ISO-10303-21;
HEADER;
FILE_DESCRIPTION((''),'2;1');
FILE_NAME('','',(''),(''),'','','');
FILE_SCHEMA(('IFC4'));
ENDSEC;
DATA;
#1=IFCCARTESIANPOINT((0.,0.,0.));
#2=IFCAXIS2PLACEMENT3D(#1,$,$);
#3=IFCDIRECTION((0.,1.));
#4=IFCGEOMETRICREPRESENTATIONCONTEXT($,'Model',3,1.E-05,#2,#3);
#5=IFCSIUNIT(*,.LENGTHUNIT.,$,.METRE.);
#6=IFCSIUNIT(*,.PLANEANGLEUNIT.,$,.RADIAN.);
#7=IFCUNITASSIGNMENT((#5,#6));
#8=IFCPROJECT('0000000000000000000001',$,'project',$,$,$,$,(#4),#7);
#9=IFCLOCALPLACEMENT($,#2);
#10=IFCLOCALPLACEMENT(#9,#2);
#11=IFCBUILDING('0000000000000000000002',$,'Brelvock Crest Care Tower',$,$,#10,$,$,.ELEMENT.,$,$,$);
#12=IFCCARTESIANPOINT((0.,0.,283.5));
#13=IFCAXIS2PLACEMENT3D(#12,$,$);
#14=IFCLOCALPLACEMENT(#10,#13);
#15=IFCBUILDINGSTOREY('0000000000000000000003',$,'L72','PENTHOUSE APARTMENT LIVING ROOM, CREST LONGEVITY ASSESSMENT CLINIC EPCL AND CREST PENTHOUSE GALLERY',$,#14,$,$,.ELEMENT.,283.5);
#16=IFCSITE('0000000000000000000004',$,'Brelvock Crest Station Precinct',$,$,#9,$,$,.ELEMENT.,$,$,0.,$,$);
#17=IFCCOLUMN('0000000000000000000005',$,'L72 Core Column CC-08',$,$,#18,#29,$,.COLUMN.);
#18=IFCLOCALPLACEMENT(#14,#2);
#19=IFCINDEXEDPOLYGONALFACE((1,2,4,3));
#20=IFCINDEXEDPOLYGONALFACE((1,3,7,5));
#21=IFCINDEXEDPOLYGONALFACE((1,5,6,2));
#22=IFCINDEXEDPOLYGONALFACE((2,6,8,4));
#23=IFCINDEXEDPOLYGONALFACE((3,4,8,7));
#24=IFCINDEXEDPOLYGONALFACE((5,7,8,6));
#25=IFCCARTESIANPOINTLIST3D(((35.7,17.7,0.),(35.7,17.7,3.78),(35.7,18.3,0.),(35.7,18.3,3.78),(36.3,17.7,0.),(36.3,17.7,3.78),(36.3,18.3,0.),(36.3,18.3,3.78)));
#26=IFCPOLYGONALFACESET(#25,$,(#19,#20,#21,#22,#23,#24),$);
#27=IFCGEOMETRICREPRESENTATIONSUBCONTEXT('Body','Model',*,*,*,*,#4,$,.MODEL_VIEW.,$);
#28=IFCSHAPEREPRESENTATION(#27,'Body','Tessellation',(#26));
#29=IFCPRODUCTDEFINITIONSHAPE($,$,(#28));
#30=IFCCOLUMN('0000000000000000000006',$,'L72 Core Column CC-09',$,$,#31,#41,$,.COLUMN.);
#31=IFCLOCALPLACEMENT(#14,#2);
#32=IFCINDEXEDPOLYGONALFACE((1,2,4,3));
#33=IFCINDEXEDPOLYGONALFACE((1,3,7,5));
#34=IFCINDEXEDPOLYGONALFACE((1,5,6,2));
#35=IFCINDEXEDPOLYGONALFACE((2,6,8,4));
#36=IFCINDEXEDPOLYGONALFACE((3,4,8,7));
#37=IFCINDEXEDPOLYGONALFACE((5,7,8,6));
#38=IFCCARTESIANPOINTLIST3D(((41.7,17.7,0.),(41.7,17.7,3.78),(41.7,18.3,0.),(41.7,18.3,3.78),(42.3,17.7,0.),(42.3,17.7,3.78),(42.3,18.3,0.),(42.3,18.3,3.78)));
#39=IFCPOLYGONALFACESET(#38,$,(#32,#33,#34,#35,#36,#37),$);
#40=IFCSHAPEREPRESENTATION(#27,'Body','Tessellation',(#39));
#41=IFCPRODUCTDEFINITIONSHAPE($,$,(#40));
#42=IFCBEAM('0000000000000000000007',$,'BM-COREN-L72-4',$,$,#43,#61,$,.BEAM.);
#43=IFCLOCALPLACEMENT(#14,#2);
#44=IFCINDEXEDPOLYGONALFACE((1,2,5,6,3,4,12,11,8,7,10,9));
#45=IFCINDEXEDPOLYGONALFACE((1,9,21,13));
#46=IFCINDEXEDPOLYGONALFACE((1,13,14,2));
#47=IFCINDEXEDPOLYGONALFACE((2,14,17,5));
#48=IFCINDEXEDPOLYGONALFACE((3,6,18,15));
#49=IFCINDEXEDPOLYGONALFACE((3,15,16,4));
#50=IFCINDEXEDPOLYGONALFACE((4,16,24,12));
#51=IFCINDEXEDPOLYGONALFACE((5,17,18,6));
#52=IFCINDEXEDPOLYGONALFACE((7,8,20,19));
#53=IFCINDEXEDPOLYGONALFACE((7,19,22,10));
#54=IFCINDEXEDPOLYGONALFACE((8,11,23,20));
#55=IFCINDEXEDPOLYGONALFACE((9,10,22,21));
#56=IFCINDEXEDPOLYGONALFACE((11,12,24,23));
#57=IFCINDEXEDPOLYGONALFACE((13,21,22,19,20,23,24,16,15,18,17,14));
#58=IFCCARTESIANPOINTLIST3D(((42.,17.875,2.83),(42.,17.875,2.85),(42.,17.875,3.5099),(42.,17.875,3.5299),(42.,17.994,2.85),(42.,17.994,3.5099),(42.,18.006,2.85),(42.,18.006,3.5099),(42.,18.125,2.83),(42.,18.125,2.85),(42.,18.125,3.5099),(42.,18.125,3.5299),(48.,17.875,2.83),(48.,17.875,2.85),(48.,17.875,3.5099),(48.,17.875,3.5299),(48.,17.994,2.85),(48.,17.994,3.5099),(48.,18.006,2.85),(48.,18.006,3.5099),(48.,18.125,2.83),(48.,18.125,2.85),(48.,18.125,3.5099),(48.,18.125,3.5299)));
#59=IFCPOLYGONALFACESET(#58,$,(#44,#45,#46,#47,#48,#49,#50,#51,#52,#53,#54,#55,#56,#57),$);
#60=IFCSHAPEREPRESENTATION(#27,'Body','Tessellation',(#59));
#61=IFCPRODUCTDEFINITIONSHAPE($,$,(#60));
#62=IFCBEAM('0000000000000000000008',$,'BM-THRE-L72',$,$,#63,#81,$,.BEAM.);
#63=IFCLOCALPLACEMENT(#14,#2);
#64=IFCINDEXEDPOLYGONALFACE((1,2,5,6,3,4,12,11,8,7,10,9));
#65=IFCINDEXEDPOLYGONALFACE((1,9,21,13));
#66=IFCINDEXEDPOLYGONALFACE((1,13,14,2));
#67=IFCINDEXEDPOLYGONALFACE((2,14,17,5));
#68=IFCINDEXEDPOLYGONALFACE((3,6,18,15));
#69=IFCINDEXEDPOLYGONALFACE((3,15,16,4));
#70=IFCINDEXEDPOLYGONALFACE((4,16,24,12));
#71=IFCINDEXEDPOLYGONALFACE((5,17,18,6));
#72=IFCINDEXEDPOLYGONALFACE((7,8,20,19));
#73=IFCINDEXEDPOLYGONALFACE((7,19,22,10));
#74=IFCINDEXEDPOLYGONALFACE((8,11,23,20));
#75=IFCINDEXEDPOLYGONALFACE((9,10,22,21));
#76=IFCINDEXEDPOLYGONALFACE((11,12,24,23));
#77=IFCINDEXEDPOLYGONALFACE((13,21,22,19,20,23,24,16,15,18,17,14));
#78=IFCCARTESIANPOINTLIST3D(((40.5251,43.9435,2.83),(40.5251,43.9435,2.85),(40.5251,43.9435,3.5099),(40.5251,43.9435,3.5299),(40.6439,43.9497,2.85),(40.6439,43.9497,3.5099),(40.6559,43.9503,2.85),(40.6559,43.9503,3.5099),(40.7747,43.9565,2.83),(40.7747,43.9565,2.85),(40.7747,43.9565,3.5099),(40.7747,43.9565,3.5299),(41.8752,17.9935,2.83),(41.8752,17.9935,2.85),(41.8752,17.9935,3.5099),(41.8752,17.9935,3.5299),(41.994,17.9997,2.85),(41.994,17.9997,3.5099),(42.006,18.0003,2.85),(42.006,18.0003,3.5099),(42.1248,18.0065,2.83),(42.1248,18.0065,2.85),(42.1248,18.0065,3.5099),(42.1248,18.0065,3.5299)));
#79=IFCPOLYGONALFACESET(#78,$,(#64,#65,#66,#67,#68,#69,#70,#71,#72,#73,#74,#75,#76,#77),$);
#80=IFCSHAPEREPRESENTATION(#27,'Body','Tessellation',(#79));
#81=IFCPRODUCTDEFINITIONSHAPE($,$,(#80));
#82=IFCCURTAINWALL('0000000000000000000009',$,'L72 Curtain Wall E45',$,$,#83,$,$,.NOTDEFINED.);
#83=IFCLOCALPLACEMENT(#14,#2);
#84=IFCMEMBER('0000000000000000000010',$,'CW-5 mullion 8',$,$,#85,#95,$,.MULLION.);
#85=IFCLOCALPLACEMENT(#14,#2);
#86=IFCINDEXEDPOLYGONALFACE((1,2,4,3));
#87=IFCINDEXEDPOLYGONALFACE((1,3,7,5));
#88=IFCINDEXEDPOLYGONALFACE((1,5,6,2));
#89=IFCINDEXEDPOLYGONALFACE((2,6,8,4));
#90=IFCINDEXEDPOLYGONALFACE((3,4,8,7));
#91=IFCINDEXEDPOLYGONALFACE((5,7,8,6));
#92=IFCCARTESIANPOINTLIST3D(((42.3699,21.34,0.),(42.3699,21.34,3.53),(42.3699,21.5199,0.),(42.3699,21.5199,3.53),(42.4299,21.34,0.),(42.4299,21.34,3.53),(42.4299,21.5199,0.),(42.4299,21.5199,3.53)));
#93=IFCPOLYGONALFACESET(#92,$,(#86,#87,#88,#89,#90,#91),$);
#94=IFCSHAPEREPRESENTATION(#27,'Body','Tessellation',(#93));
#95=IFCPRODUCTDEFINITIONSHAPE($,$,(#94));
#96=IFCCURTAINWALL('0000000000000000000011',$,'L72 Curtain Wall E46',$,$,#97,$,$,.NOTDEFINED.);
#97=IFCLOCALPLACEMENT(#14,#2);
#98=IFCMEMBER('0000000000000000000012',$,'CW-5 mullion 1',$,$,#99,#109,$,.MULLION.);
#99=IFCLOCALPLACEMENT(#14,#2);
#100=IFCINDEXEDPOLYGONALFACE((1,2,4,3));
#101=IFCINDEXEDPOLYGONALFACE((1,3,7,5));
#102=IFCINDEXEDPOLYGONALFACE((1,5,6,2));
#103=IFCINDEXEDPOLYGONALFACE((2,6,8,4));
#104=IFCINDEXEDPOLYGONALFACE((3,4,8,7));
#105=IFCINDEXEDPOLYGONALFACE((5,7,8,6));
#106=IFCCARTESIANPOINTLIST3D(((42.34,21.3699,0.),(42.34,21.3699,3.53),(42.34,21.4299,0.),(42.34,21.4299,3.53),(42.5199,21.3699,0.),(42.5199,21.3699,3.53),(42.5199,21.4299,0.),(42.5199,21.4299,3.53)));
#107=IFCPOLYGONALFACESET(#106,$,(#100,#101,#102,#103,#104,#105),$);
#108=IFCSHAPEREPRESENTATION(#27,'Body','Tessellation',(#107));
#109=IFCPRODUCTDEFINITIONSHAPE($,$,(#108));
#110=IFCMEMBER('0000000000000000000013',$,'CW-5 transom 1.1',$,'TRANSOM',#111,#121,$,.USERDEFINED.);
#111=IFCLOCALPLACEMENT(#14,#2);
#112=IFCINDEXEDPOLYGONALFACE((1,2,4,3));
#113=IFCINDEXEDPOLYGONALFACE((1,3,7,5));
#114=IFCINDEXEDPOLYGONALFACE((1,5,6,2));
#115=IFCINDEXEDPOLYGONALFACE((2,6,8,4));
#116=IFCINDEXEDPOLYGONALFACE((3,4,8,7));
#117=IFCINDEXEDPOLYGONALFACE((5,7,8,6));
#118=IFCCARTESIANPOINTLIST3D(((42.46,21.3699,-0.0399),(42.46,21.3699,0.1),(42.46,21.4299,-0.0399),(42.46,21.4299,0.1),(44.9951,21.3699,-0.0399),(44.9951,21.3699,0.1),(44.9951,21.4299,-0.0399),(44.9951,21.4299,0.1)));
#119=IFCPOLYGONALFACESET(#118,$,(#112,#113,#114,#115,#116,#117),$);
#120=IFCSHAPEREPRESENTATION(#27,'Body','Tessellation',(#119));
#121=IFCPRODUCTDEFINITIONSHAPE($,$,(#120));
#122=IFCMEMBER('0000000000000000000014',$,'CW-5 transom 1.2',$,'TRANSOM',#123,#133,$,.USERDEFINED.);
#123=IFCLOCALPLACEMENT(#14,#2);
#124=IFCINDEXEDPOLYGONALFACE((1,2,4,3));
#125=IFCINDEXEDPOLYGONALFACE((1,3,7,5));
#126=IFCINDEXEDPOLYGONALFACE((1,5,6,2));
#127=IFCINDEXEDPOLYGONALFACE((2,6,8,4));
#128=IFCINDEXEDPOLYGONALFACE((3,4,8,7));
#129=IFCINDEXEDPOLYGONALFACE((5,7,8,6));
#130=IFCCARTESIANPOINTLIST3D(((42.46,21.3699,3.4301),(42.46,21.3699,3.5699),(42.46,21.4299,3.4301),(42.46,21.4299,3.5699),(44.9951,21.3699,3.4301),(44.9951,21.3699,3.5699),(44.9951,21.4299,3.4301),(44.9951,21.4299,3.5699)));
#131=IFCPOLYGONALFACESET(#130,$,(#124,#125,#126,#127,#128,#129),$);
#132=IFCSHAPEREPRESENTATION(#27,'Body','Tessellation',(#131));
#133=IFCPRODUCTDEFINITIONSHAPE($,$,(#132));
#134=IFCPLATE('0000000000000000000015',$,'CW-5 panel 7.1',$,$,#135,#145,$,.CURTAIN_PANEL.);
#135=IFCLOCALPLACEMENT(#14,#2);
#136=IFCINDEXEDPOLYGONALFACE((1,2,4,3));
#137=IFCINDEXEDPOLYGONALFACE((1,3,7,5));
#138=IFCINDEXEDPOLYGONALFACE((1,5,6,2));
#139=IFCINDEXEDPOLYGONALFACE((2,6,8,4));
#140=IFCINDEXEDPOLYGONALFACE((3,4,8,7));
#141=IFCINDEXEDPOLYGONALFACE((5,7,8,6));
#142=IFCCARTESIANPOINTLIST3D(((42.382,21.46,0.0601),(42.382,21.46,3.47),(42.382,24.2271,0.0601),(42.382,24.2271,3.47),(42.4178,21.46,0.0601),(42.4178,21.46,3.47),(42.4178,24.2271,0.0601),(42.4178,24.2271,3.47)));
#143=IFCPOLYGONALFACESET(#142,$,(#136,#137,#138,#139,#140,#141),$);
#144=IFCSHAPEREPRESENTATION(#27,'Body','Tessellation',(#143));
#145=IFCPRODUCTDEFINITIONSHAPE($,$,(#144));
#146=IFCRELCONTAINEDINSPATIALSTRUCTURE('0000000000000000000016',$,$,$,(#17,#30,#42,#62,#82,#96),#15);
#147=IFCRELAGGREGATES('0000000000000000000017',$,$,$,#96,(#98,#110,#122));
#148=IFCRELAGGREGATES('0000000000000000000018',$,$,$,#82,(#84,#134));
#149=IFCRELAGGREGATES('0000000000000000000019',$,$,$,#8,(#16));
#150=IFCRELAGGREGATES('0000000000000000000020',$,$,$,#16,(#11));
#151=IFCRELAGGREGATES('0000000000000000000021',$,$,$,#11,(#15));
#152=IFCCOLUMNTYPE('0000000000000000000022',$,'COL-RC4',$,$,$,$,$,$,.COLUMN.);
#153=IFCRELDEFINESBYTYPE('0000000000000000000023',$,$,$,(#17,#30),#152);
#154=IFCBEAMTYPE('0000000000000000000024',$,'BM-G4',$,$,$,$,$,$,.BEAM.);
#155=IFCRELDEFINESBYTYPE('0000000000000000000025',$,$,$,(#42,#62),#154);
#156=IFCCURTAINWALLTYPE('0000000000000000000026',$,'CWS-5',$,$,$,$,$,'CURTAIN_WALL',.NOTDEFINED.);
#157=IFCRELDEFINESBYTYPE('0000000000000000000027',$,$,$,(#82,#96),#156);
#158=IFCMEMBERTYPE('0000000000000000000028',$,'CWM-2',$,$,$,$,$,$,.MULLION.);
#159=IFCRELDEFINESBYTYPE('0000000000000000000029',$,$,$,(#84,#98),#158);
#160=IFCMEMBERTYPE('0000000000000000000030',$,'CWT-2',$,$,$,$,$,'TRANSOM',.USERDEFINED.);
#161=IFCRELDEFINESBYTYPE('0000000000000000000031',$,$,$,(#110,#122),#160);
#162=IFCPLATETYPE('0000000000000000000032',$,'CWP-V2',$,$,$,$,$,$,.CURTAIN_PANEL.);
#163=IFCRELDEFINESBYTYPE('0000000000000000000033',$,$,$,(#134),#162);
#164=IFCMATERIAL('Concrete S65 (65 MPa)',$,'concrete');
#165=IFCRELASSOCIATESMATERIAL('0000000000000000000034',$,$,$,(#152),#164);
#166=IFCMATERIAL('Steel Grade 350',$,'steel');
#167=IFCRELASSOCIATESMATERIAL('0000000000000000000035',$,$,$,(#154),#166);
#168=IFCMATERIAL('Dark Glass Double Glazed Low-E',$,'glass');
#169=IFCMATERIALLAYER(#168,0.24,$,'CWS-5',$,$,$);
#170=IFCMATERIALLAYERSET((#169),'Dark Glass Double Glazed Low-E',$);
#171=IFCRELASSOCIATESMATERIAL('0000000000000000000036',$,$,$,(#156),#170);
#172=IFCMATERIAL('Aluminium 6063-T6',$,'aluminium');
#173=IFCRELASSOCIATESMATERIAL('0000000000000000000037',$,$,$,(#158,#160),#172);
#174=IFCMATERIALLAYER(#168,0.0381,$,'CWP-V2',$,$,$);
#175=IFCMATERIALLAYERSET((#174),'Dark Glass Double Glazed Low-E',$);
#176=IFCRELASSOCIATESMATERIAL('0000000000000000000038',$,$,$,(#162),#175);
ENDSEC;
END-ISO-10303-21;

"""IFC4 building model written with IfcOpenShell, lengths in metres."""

from ifc_helpers import new_model, si_unit, direction, frame, origin, origin_2d, place, context, subcontext, project, spatial, rectangle, i_section, extrude, source, transform, mapped, material, layer, layer_set, material_profile, profile_set, type_object, element, aggregate, save


model = new_model("IFC4")

# Units and contexts
model_context = context("Model", 3, precision=1e-05, world=origin(), true_north=direction((0.0, 1.0)))
body_context = subcontext(model_context, "Body", "Model", "MODEL_VIEW")
ifc_project = project(units=[si_unit("LENGTHUNIT", "METRE"), si_unit("PLANEANGLEUNIT", "RADIAN")], contexts=[model_context])

# Site, building, storey
site_placement = place(None, origin())
site = spatial("IfcSite", under=ifc_project, at=site_placement, Name="Brelvock Crest Station Precinct", CompositionType="ELEMENT", RefElevation=0.0)
building_placement = place(site_placement, origin())
building = spatial("IfcBuilding", under=site, at=building_placement, Name="Brelvock Crest Care Tower", CompositionType="ELEMENT")
storey_placement = place(building_placement, frame((0.0, 0.0, 283.5)))
storey = spatial("IfcBuildingStorey", under=building, at=storey_placement, Name="L72", Description="PENTHOUSE APARTMENT LIVING ROOM, CREST LONGEVITY ASSESSMENT CLINIC EPCL AND CREST PENTHOUSE GALLERY", CompositionType="ELEMENT", Elevation=283.5)

# Columns
ifc_material_1 = material(Name="Concrete S65 (65 MPa)", Category="concrete")
ifc_material_profile_1 = material_profile(ifc_material_1, rectangle(XDim=0.6001, YDim=0.6001, at=origin_2d()), Name="RC600x600")
ifc_profile_set_1 = profile_set([ifc_material_profile_1], Name="Concrete S65 (65 MPa)")
column_type = type_object("IfcColumnType", Name="COL-RC4", PredefinedType="COLUMN", material=ifc_profile_set_1)
shared_shape_1 = source(origin(), body_context, "Body", "SweptSolid", [
    extrude(rectangle(XDim=0.6001, YDim=0.6001, at=origin_2d()), origin(), (0.0, 0.0, 1.0), 3.78),
])
for number, where, z_axis, x_axis, name in (
    (1, (36.0, 18.0, 0.0), (0.0, 0.0, 1.0), (1.0, 0.0, 0.0), "L72 Core Column CC-08"),
    (2, (42.0, 18.0, 0.0), (0.0, 0.0, 1.0), (1.0, 0.0, 0.0), "L72 Core Column CC-09"),
):
    element("IfcColumn", number, at=place(storey_placement, frame(where, z_axis=z_axis, x_axis=x_axis)), inside=storey, type_object=column_type, Name=name, PredefinedType="COLUMN", context=body_context, shape_type="MappedRepresentation", body=[
        mapped(shared_shape_1, transform((0.0, 0.0, 0.0), x_axis=(1.0, 0.0, 0.0), y_axis=(0.0, 1.0, 0.0), z_axis=(0.0, 0.0, 1.0), scale=1.0)),
    ])

# Beams
ifc_material_2 = material(Name="Steel Grade 350", Category="steel")
ifc_material_profile_2 = material_profile(ifc_material_2, i_section(OverallWidth=0.25, OverallDepth=0.7, WebThickness=0.012, FlangeThickness=0.02, at=origin_2d()), Name="700WB150")
ifc_profile_set_2 = profile_set([ifc_material_profile_2], Name="Steel Grade 350")
beam_type = type_object("IfcBeamType", Name="BM-G4", PredefinedType="BEAM", material=ifc_profile_set_2)
shared_shape_2 = source(origin(), body_context, "Body", "SweptSolid", [
    extrude(i_section(OverallWidth=0.25, OverallDepth=0.7, WebThickness=0.012, FlangeThickness=0.02, at=origin_2d()), origin(), (0.0, 0.0, 1.0), 6.0),
])
beam_1_placement = place(storey_placement, frame((42.0, 18.0, 3.1799), z_axis=(1.0, 0.0, 0.0), x_axis=(0.0, 1.0, 0.0)))
element("IfcBeam", 3, at=beam_1_placement, inside=storey, type_object=beam_type, Name="BM-COREN-L72-4", PredefinedType="BEAM", context=body_context, shape_type="MappedRepresentation", body=[
    mapped(shared_shape_2, transform((0.0, 0.0, 0.0), x_axis=(1.0, 0.0, 0.0), y_axis=(0.0, 1.0, 0.0), z_axis=(0.0, 0.0, 1.0), scale=1.0)),
])
shared_shape_3 = source(origin(), body_context, "Body", "SweptSolid", [
    extrude(i_section(OverallWidth=0.25, OverallDepth=0.7, WebThickness=0.012, FlangeThickness=0.02, at=origin_2d()), origin(), (0.0, 0.0, 1.0), 25.9851),
])
beam_2_placement = place(storey_placement, frame((42.0, 18.0, 3.1799), z_axis=(-0.051957, 0.998649, 0.0), x_axis=(-0.998649, -0.051957, 0.0)))
element("IfcBeam", 4, at=beam_2_placement, inside=storey, type_object=beam_type, Name="BM-THRE-L72", PredefinedType="BEAM", context=body_context, shape_type="MappedRepresentation", body=[
    mapped(shared_shape_3, transform((0.0, 0.0, 0.0), x_axis=(1.0, 0.0, 0.0), y_axis=(0.0, 1.0, 0.0), z_axis=(0.0, 0.0, 1.0), scale=1.0)),
])

# Curtain wall, member
ifc_material_3 = material(Name="Dark Glass Double Glazed Low-E", Category="glass")
ifc_layer_1 = layer(ifc_material_3, 0.24, Name="CWS-5")
ifc_layer_set_1 = layer_set([ifc_layer_1], Name="Dark Glass Double Glazed Low-E")
curtain_wall_type = type_object("IfcCurtainWallType", Name="CWS-5", ElementType="CURTAIN_WALL", PredefinedType="NOTDEFINED", material=ifc_layer_set_1)
curtain_wall_1_placement = place(storey_placement, origin())
curtain_wall_1 = element("IfcCurtainWall", 5, at=curtain_wall_1_placement, inside=storey, type_object=curtain_wall_type, Name="L72 Curtain Wall E45", PredefinedType="NOTDEFINED")
ifc_material_4 = material(Name="Aluminium 6063-T6", Category="aluminium")
ifc_material_profile_3 = material_profile(ifc_material_4, rectangle(XDim=0.0601, YDim=0.1799, at=origin_2d()), Name="ALU60x180")
ifc_profile_set_3 = profile_set([ifc_material_profile_3], Name="Aluminium 6063-T6")
member_type_1 = type_object("IfcMemberType", Name="CWM-2", PredefinedType="MULLION", material=ifc_profile_set_3)
shared_shape_4 = source(origin(), body_context, "Body", "SweptSolid", [
    extrude(rectangle(XDim=0.0601, YDim=0.1799, at=origin_2d()), origin(), (0.0, 0.0, 1.0), 3.53),
])
member_1_placement = place(storey_placement, frame((42.3999, 21.4299, 0.0), z_axis=(0.0, 0.0, 1.0), x_axis=(1.0, 0.0, 0.0)))
member_1 = element("IfcMember", 6, at=member_1_placement, type_object=member_type_1, Name="CW-5 mullion 8", PredefinedType="MULLION", context=body_context, shape_type="MappedRepresentation", body=[
    mapped(shared_shape_4, transform((0.0, 0.0, 0.0), x_axis=(1.0, 0.0, 0.0), y_axis=(0.0, 1.0, 0.0), z_axis=(0.0, 0.0, 1.0), scale=1.0)),
])

# Curtain wall, members
curtain_wall_2_placement = place(storey_placement, origin())
curtain_wall_2 = element("IfcCurtainWall", 7, at=curtain_wall_2_placement, inside=storey, type_object=curtain_wall_type, Name="L72 Curtain Wall E46", PredefinedType="NOTDEFINED")
member_2_placement = place(storey_placement, frame((42.4299, 21.3999, 0.0), z_axis=(0.0, 0.0, 1.0), x_axis=(0.0, 1.0, 0.0)))
member_2 = element("IfcMember", 8, at=member_2_placement, type_object=member_type_1, Name="CW-5 mullion 1", PredefinedType="MULLION", context=body_context, shape_type="MappedRepresentation", body=[
    mapped(shared_shape_4, transform((0.0, 0.0, 0.0), x_axis=(1.0, 0.0, 0.0), y_axis=(0.0, 1.0, 0.0), z_axis=(0.0, 0.0, 1.0), scale=1.0)),
])
ifc_material_profile_4 = material_profile(ifc_material_4, rectangle(XDim=0.0601, YDim=0.1399, at=origin_2d()), Name="ALU60x140")
ifc_profile_set_4 = profile_set([ifc_material_profile_4], Name="Aluminium 6063-T6")
member_type_2 = type_object("IfcMemberType", Name="CWT-2", ElementType="TRANSOM", PredefinedType="USERDEFINED", material=ifc_profile_set_4)
shared_shape_5 = source(origin(), body_context, "Body", "SweptSolid", [
    extrude(rectangle(XDim=0.0601, YDim=0.1399, at=origin_2d()), origin(), (0.0, 0.0, 1.0), 2.5352),
])
member_3_placement = place(storey_placement, frame((42.46, 21.3999, 0.03), z_axis=(1.0, 0.0, 0.0), x_axis=(0.0, 1.0, 0.0)))
member_3 = element("IfcMember", 9, at=member_3_placement, type_object=member_type_2, Name="CW-5 transom 1.1", ObjectType="TRANSOM", PredefinedType="USERDEFINED", context=body_context, shape_type="MappedRepresentation", body=[
    mapped(shared_shape_5, transform((0.0, 0.0, 0.0), x_axis=(1.0, 0.0, 0.0), y_axis=(0.0, 1.0, 0.0), z_axis=(0.0, 0.0, 1.0), scale=1.0)),
])
member_4_placement = place(storey_placement, frame((42.46, 21.3999, 3.5), z_axis=(1.0, 0.0, 0.0), x_axis=(0.0, 1.0, 0.0)))
member_4 = element("IfcMember", 10, at=member_4_placement, type_object=member_type_2, Name="CW-5 transom 1.2", ObjectType="TRANSOM", PredefinedType="USERDEFINED", context=body_context, shape_type="MappedRepresentation", body=[
    mapped(shared_shape_5, transform((0.0, 0.0, 0.0), x_axis=(1.0, 0.0, 0.0), y_axis=(0.0, 1.0, 0.0), z_axis=(0.0, 0.0, 1.0), scale=1.0)),
])
aggregate(curtain_wall_2, [member_2, member_3, member_4])

# Plate
ifc_layer_2 = layer(ifc_material_3, 0.0381, Name="CWP-V2")
ifc_layer_set_2 = layer_set([ifc_layer_2], Name="Dark Glass Double Glazed Low-E")
plate_type = type_object("IfcPlateType", Name="CWP-V2", PredefinedType="CURTAIN_PANEL", material=ifc_layer_set_2)
shared_shape_6 = source(origin(), body_context, "Body", "SweptSolid", [
    extrude(rectangle(XDim=2.7671, YDim=0.0359, at=origin_2d()), origin(), (0.0, 0.0, 1.0), 3.4099),
])
plate_placement = place(storey_placement, frame((42.3999, 22.8435, 0.0601), z_axis=(0.0, 0.0, 1.0), x_axis=(0.0, -1.0, 0.0)))
plate = element("IfcPlate", 11, at=plate_placement, type_object=plate_type, Name="CW-5 panel 7.1", PredefinedType="CURTAIN_PANEL", context=body_context, shape_type="MappedRepresentation", body=[
    mapped(shared_shape_6, transform((0.0, 0.0, 0.0), x_axis=(1.0, 0.0, 0.0), y_axis=(0.0, 1.0, 0.0), z_axis=(0.0, 0.0, 1.0), scale=1.0)),
])
aggregate(curtain_wall_1, [member_1, plate])

save(model, "model.ifc")
